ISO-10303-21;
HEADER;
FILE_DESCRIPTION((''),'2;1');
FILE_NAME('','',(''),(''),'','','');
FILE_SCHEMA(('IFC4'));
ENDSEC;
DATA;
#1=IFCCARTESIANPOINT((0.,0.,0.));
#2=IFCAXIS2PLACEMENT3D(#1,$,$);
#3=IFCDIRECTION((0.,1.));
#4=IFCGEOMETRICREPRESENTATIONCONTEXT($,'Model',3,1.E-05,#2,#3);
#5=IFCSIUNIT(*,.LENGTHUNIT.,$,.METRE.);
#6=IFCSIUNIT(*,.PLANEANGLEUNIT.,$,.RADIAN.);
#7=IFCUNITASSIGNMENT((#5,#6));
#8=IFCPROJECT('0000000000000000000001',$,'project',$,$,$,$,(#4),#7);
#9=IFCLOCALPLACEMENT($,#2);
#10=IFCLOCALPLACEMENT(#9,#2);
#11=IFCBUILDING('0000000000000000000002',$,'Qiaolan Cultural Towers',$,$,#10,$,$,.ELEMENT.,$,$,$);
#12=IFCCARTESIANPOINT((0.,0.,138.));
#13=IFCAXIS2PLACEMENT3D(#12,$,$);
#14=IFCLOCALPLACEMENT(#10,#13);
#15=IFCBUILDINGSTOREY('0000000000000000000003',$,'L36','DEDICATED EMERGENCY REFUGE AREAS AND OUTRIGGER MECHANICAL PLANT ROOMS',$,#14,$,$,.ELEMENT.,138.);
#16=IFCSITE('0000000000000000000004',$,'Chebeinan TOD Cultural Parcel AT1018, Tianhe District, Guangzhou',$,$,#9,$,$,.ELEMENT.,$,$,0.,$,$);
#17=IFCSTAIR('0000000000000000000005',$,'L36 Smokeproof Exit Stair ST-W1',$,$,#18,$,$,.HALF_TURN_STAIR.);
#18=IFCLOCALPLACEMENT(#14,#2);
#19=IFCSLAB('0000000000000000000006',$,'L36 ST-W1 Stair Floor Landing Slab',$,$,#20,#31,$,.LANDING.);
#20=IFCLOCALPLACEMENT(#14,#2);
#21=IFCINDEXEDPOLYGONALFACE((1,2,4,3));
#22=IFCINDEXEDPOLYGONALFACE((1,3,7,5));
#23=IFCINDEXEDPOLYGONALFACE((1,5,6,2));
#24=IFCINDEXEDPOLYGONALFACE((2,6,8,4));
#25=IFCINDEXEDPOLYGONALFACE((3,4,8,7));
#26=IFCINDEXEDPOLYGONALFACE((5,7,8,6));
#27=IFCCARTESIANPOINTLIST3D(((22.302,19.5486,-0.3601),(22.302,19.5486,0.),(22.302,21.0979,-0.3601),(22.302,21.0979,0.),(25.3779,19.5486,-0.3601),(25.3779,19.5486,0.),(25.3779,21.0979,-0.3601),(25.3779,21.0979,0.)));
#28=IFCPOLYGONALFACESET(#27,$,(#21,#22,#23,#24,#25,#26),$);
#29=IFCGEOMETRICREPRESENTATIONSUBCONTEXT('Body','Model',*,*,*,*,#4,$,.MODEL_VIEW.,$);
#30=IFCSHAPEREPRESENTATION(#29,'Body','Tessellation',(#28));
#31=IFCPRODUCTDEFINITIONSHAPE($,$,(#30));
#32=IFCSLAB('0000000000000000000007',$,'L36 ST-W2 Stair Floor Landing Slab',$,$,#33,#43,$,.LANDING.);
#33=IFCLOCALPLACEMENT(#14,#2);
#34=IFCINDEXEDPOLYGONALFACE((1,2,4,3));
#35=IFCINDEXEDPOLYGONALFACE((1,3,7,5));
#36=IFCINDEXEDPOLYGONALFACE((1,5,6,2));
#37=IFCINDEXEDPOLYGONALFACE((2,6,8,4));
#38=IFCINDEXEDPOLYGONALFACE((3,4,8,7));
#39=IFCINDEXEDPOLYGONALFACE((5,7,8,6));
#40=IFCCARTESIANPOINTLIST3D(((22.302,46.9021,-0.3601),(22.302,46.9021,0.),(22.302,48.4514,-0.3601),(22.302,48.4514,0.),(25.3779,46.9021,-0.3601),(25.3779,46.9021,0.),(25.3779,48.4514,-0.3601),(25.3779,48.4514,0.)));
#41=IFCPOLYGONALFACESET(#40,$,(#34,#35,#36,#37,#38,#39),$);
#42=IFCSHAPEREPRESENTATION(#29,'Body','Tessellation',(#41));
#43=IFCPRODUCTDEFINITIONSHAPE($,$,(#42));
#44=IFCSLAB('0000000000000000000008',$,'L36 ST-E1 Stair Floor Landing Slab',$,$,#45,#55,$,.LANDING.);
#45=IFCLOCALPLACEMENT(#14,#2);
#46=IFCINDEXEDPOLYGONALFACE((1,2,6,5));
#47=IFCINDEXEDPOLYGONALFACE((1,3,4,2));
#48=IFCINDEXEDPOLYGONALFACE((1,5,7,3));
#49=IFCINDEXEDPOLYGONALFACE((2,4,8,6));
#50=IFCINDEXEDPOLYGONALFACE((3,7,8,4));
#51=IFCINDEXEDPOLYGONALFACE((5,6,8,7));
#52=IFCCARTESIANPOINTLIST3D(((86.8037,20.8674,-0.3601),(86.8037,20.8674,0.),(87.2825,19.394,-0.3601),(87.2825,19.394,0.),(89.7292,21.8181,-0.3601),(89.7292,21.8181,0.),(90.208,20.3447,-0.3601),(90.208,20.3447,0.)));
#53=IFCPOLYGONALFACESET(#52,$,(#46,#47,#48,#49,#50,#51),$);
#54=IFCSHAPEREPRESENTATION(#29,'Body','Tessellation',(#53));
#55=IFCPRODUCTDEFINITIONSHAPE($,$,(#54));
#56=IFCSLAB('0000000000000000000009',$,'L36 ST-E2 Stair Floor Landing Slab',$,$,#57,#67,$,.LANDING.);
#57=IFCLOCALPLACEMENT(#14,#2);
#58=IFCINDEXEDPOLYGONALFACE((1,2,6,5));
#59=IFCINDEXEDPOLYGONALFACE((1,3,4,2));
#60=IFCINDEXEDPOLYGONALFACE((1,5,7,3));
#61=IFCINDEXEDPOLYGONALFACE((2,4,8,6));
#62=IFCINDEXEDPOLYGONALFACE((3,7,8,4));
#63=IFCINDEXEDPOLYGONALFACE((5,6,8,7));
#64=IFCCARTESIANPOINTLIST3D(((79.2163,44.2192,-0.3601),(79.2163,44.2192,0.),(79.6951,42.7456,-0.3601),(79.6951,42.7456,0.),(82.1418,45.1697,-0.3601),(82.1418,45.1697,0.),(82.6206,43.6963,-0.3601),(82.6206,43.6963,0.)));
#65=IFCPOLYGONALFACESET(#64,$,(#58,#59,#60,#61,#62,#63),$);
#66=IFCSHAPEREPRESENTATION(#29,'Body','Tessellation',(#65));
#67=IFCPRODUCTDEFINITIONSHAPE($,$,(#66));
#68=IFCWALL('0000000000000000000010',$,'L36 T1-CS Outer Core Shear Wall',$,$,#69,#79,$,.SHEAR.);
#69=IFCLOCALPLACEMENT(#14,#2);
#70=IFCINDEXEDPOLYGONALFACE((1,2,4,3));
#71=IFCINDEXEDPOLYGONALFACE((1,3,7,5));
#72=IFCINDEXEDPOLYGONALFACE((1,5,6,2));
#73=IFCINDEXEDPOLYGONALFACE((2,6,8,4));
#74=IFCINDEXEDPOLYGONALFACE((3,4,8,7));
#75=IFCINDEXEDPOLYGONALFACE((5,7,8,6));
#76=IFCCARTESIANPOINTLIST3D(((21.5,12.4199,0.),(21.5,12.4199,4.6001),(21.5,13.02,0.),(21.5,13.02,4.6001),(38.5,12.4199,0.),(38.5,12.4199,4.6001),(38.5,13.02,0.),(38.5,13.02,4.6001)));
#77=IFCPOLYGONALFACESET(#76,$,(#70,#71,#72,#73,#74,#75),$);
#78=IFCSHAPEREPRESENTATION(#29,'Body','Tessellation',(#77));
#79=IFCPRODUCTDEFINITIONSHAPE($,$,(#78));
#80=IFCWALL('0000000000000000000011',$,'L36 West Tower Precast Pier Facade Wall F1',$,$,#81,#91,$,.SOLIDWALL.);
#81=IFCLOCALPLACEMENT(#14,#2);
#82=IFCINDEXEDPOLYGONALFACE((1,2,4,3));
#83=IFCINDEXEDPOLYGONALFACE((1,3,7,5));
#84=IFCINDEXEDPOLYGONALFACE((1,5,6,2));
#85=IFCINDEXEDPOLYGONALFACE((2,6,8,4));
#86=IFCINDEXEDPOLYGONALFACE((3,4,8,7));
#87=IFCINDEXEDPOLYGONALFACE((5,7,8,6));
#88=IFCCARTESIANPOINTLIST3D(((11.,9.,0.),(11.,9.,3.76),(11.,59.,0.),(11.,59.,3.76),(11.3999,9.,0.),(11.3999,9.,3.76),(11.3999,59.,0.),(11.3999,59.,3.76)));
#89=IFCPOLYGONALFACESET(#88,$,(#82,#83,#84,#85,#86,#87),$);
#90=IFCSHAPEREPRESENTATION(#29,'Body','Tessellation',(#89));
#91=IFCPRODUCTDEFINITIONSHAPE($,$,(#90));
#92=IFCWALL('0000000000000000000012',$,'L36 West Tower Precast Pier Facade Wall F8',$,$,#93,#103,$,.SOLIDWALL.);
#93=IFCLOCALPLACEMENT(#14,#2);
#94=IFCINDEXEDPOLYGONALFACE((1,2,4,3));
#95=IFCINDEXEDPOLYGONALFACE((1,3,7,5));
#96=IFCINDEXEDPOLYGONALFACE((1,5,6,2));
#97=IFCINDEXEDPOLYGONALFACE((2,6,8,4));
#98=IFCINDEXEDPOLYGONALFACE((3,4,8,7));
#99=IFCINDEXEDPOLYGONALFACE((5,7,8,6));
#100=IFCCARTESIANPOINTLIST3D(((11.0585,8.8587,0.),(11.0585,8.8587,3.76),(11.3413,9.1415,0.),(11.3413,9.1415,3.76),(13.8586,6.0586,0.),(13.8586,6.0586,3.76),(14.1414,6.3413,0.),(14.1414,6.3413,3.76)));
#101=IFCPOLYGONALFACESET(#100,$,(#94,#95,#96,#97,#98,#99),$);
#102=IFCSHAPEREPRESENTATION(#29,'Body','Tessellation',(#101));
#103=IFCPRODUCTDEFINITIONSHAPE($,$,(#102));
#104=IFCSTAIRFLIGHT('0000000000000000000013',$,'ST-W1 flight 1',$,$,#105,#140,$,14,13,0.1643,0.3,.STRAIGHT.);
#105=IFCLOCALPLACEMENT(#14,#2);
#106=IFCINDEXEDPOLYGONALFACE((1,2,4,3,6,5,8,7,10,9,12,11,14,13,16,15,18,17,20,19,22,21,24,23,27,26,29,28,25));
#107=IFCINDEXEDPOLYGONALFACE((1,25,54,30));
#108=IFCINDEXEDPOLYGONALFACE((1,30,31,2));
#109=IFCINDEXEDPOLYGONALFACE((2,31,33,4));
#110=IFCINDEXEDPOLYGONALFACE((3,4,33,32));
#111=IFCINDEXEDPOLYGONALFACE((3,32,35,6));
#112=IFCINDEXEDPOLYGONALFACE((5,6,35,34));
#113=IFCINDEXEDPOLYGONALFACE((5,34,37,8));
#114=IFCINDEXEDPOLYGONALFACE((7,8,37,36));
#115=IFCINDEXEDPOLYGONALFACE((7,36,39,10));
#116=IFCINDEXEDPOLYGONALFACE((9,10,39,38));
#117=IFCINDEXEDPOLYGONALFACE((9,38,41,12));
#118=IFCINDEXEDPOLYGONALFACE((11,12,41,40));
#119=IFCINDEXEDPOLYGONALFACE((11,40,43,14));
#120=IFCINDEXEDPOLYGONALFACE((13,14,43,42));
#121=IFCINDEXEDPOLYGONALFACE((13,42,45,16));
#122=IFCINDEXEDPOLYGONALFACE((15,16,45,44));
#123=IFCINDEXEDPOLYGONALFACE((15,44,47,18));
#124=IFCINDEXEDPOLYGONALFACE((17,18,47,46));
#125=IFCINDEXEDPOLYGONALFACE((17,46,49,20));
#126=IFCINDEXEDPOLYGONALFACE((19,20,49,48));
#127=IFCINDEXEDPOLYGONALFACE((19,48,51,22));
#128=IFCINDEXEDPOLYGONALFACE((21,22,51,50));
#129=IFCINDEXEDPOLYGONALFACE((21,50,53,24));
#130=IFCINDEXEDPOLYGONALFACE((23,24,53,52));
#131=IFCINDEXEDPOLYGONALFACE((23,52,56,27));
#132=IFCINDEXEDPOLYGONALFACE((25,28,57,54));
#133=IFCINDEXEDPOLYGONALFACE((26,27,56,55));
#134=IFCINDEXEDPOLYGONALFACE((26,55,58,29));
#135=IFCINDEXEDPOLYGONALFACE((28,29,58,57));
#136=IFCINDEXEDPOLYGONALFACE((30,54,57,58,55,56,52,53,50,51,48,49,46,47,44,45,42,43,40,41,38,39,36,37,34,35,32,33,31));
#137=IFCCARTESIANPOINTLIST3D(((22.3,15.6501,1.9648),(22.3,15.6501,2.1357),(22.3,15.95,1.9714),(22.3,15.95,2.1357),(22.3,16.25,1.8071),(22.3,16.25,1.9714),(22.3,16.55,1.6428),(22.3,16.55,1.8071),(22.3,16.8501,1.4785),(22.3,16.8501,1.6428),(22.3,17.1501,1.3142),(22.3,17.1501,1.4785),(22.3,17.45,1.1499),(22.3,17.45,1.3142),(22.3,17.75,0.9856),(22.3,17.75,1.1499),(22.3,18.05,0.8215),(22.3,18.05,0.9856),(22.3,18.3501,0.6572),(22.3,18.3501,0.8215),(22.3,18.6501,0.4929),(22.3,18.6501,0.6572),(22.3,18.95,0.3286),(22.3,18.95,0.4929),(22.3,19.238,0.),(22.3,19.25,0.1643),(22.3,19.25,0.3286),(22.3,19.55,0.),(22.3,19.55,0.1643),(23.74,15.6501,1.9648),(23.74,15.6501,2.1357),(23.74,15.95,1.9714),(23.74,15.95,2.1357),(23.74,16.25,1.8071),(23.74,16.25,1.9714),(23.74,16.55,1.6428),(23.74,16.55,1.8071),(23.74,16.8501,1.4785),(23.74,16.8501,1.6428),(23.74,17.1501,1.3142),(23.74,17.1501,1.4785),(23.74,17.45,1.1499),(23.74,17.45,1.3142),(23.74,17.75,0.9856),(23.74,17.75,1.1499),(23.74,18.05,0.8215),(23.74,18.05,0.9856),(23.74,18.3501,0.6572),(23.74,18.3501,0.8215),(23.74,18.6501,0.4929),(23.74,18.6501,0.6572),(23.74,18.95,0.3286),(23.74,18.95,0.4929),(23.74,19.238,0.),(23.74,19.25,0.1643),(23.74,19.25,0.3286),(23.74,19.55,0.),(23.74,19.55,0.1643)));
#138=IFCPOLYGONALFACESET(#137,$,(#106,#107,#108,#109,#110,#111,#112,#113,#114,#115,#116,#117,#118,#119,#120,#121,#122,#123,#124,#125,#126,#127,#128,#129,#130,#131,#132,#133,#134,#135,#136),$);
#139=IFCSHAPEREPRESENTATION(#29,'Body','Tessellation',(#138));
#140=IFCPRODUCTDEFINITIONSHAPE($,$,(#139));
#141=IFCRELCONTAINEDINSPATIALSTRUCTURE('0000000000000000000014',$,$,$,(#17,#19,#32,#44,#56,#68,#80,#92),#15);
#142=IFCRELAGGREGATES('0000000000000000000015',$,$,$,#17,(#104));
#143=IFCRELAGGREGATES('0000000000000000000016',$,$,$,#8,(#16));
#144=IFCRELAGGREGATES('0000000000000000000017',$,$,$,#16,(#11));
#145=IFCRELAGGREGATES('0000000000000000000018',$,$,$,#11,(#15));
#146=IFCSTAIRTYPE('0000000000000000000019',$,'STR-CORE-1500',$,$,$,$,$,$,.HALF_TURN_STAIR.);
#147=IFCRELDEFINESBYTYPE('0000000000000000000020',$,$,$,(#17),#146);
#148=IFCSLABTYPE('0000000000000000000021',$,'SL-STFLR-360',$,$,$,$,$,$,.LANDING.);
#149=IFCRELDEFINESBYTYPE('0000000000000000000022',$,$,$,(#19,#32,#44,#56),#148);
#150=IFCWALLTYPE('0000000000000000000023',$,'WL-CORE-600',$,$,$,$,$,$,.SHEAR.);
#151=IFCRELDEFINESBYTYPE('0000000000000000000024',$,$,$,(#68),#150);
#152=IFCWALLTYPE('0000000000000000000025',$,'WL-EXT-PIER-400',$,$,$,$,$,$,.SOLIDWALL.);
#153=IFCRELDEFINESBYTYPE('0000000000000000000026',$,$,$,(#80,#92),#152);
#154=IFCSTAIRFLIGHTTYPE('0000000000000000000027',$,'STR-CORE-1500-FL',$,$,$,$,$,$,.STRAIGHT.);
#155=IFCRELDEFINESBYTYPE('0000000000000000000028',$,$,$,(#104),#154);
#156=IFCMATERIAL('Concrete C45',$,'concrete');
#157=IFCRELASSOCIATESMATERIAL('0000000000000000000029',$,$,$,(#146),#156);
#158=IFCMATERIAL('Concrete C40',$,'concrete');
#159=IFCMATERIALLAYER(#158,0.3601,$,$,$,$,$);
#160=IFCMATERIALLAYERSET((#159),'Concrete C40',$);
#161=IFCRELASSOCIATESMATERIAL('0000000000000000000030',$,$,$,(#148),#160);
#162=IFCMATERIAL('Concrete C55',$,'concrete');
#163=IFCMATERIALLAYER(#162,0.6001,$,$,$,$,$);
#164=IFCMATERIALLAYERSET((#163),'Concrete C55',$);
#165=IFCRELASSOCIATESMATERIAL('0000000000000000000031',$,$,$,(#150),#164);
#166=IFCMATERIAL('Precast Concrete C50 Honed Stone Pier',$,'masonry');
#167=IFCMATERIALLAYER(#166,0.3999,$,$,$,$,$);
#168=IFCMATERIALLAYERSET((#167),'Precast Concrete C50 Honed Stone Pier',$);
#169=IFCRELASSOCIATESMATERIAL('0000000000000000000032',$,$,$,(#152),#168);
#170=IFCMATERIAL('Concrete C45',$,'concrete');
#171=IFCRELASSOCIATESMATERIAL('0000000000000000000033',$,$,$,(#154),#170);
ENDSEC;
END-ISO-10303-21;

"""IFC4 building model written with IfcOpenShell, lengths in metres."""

from ifc_helpers import new_model, si_unit, direction, frame, frame_2d, origin, place, context, subcontext, project, spatial, polyline, rectangle, outline, extrude, material, layer, layer_set, type_object, element, aggregate, save


model = new_model("IFC4")

# Units and contexts
model_context = context("Model", 3, precision=1e-05, world=origin(), true_north=direction((0.0, 1.0)))
body_context = subcontext(model_context, "Body", "Model", "MODEL_VIEW")
ifc_project = project(units=[si_unit("LENGTHUNIT", "METRE"), si_unit("PLANEANGLEUNIT", "RADIAN")], contexts=[model_context])

# Site, building, storey
site_placement = place(None, origin())
site = spatial("IfcSite", under=ifc_project, at=site_placement, Name="Chebeinan TOD Cultural Parcel AT1018, Tianhe District, Guangzhou", CompositionType="ELEMENT", RefElevation=0.0)
building_placement = place(site_placement, origin())
building = spatial("IfcBuilding", under=site, at=building_placement, Name="Qiaolan Cultural Towers", CompositionType="ELEMENT")
storey_placement = place(building_placement, frame((0.0, 0.0, 138.0)))
storey = spatial("IfcBuildingStorey", under=building, at=storey_placement, Name="L36", Description="DEDICATED EMERGENCY REFUGE AREAS AND OUTRIGGER MECHANICAL PLANT ROOMS", CompositionType="ELEMENT", Elevation=138.0)

# Stair
ifc_material_1 = material(Name="Concrete C45", Category="concrete")
stair_type = type_object("IfcStairType", Name="STR-CORE-1500", PredefinedType="HALF_TURN_STAIR", material=ifc_material_1)
stair_1_placement = place(storey_placement, origin())
stair_1 = element("IfcStair", 1, at=stair_1_placement, inside=storey, type_object=stair_type, Name="L36 Smokeproof Exit Stair ST-W1", PredefinedType="HALF_TURN_STAIR")

# Slabs
ifc_material_2 = material(Name="Concrete C40", Category="concrete")
ifc_layer_1 = layer(ifc_material_2, 0.3601)
ifc_layer_set_1 = layer_set([ifc_layer_1], Name="Concrete C40")
slab_type_1 = type_object("IfcSlabType", Name="SL-STFLR-360", PredefinedType="LANDING", material=ifc_layer_set_1)
slab_1_placement = place(storey_placement, frame((0.0, 0.0, -0.3601)))
element("IfcSlab", 2, at=slab_1_placement, inside=storey, type_object=slab_type_1, Name="L36 ST-W1 Stair Floor Landing Slab", PredefinedType="LANDING", context=body_context, shape_type="SweptSolid", body=[
    extrude(outline(polyline([(22.302, 21.0979), (22.302, 19.5486), (25.3779, 19.5486), (25.3779, 21.0979), (22.302, 21.0979)])), origin(), (0.0, 0.0, 1.0), 0.3601),
])
slab_2_placement = place(storey_placement, frame((0.0, 0.0, -0.3601)))
element("IfcSlab", 3, at=slab_2_placement, inside=storey, type_object=slab_type_1, Name="L36 ST-W2 Stair Floor Landing Slab", PredefinedType="LANDING", context=body_context, shape_type="SweptSolid", body=[
    extrude(outline(polyline([(25.3779, 46.9021), (25.3779, 48.4514), (22.302, 48.4514), (22.302, 46.9021), (25.3779, 46.9021)])), origin(), (0.0, 0.0, 1.0), 0.3601),
])
slab_3_placement = place(storey_placement, frame((0.0, 0.0, -0.3601)))
element("IfcSlab", 4, at=slab_3_placement, inside=storey, type_object=slab_type_1, Name="L36 ST-E1 Stair Floor Landing Slab", PredefinedType="LANDING", context=body_context, shape_type="SweptSolid", body=[
    extrude(outline(polyline([(86.8037, 20.8674), (87.2825, 19.394), (90.208, 20.3447), (89.7292, 21.8181), (86.8037, 20.8674)])), origin(), (0.0, 0.0, 1.0), 0.3601),
])
slab_4_placement = place(storey_placement, frame((0.0, 0.0, -0.3601)))
element("IfcSlab", 5, at=slab_4_placement, inside=storey, type_object=slab_type_1, Name="L36 ST-E2 Stair Floor Landing Slab", PredefinedType="LANDING", context=body_context, shape_type="SweptSolid", body=[
    extrude(outline(polyline([(82.6206, 43.6963), (82.1418, 45.1697), (79.2163, 44.2192), (79.6951, 42.7456), (82.6206, 43.6963)])), origin(), (0.0, 0.0, 1.0), 0.3601),
])

# Walls
ifc_material_3 = material(Name="Concrete C55", Category="concrete")
ifc_layer_2 = layer(ifc_material_3, 0.6001)
ifc_layer_set_2 = layer_set([ifc_layer_2], Name="Concrete C55")
wall_type_1 = type_object("IfcWallType", Name="WL-CORE-600", PredefinedType="SHEAR", material=ifc_layer_set_2)
wall_1_placement = place(storey_placement, frame((21.5, 12.72, 0.0), z_axis=(0.0, 0.0, 1.0), x_axis=(1.0, 0.0, 0.0)))
element("IfcWall", 6, at=wall_1_placement, inside=storey, type_object=wall_type_1, Name="L36 T1-CS Outer Core Shear Wall", PredefinedType="SHEAR", context=body_context, shape_type="SweptSolid", body=[
    extrude(rectangle(XDim=17.0, YDim=0.6001, at=frame_2d((8.5, 0.0))), origin(), (0.0, 0.0, 1.0), 4.6001),
])
ifc_material_4 = material(Name="Precast Concrete C50 Honed Stone Pier", Category="masonry")
ifc_layer_3 = layer(ifc_material_4, 0.3999)
ifc_layer_set_3 = layer_set([ifc_layer_3], Name="Precast Concrete C50 Honed Stone Pier")
wall_type_2 = type_object("IfcWallType", Name="WL-EXT-PIER-400", PredefinedType="SOLIDWALL", material=ifc_layer_set_3)
wall_2_placement = place(storey_placement, frame((11.2, 9.0, 0.0), z_axis=(0.0, 0.0, 1.0), x_axis=(0.0, 1.0, 0.0)))
element("IfcWall", 7, at=wall_2_placement, inside=storey, type_object=wall_type_2, Name="L36 West Tower Precast Pier Facade Wall F1", PredefinedType="SOLIDWALL", context=body_context, shape_type="SweptSolid", body=[
    extrude(rectangle(XDim=50.0, YDim=0.3999, at=frame_2d((25.0, 0.0))), origin(), (0.0, 0.0, 1.0), 3.76),
])
wall_3_placement = place(storey_placement, frame((14.0, 6.2, 0.0), z_axis=(0.0, 0.0, 1.0), x_axis=(-0.707107, 0.707107, 0.0)))
element("IfcWall", 8, at=wall_3_placement, inside=storey, type_object=wall_type_2, Name="L36 West Tower Precast Pier Facade Wall F8", PredefinedType="SOLIDWALL", context=body_context, shape_type="SweptSolid", body=[
    extrude(rectangle(XDim=3.96, YDim=0.3999, at=frame_2d((1.98, 0.0))), origin(), (0.0, 0.0, 1.0), 3.76),
])

# Stair flight
ifc_material_5 = material(Name="Concrete C45", Category="concrete")
stair_flight_type = type_object("IfcStairFlightType", Name="STR-CORE-1500-FL", PredefinedType="STRAIGHT", material=ifc_material_5)
stair_flight_placement = place(storey_placement, frame((23.02, 19.55, 0.0), z_axis=(0.0, 0.0, 1.0), x_axis=(0.0, -1.0, 0.0)))
stair_flight = element("IfcStairFlight", 9, at=stair_flight_placement, type_object=stair_flight_type, Name="ST-W1 flight 1", NumberOfRisers=14, NumberOfTreads=13, PredefinedType="STRAIGHT", RiserHeight=0.1643, TreadLength=0.3, context=body_context, shape_type="SweptSolid", body=[
    extrude(outline(polyline([(0.0, 0.0), (0.0, 0.1643), (0.3, 0.1643), (0.3, 0.3286), (0.6001, 0.3286), (0.6001, 0.4929), (0.8999, 0.4929), (0.8999, 0.6572), (1.2, 0.6572), (1.2, 0.8215), (1.5, 0.8215), (1.5, 0.9856), (1.8, 0.9856), (1.8, 1.1499), (2.1001, 1.1499), (2.1001, 1.3142), (2.3999, 1.3142), (2.3999, 1.4785), (2.7, 1.4785), (2.7, 1.6428), (3.0, 1.6428), (3.0, 1.8071), (3.3, 1.8071), (3.3, 1.9714), (3.6001, 1.9714), (3.6001, 2.1357), (3.8999, 2.1357), (3.8999, 2.3), (3.8999, 1.9648), (0.312, 0.0), (0.0, 0.0)])), frame((0.0, 0.72, 0.0), z_axis=(0.0, -1.0, 0.0), x_axis=(1.0, 0.0, 0.0)), (0.0, 0.0, 1.0), 1.4399),
])
aggregate(stair_1, [stair_flight])

save(model, "model.ifc")
